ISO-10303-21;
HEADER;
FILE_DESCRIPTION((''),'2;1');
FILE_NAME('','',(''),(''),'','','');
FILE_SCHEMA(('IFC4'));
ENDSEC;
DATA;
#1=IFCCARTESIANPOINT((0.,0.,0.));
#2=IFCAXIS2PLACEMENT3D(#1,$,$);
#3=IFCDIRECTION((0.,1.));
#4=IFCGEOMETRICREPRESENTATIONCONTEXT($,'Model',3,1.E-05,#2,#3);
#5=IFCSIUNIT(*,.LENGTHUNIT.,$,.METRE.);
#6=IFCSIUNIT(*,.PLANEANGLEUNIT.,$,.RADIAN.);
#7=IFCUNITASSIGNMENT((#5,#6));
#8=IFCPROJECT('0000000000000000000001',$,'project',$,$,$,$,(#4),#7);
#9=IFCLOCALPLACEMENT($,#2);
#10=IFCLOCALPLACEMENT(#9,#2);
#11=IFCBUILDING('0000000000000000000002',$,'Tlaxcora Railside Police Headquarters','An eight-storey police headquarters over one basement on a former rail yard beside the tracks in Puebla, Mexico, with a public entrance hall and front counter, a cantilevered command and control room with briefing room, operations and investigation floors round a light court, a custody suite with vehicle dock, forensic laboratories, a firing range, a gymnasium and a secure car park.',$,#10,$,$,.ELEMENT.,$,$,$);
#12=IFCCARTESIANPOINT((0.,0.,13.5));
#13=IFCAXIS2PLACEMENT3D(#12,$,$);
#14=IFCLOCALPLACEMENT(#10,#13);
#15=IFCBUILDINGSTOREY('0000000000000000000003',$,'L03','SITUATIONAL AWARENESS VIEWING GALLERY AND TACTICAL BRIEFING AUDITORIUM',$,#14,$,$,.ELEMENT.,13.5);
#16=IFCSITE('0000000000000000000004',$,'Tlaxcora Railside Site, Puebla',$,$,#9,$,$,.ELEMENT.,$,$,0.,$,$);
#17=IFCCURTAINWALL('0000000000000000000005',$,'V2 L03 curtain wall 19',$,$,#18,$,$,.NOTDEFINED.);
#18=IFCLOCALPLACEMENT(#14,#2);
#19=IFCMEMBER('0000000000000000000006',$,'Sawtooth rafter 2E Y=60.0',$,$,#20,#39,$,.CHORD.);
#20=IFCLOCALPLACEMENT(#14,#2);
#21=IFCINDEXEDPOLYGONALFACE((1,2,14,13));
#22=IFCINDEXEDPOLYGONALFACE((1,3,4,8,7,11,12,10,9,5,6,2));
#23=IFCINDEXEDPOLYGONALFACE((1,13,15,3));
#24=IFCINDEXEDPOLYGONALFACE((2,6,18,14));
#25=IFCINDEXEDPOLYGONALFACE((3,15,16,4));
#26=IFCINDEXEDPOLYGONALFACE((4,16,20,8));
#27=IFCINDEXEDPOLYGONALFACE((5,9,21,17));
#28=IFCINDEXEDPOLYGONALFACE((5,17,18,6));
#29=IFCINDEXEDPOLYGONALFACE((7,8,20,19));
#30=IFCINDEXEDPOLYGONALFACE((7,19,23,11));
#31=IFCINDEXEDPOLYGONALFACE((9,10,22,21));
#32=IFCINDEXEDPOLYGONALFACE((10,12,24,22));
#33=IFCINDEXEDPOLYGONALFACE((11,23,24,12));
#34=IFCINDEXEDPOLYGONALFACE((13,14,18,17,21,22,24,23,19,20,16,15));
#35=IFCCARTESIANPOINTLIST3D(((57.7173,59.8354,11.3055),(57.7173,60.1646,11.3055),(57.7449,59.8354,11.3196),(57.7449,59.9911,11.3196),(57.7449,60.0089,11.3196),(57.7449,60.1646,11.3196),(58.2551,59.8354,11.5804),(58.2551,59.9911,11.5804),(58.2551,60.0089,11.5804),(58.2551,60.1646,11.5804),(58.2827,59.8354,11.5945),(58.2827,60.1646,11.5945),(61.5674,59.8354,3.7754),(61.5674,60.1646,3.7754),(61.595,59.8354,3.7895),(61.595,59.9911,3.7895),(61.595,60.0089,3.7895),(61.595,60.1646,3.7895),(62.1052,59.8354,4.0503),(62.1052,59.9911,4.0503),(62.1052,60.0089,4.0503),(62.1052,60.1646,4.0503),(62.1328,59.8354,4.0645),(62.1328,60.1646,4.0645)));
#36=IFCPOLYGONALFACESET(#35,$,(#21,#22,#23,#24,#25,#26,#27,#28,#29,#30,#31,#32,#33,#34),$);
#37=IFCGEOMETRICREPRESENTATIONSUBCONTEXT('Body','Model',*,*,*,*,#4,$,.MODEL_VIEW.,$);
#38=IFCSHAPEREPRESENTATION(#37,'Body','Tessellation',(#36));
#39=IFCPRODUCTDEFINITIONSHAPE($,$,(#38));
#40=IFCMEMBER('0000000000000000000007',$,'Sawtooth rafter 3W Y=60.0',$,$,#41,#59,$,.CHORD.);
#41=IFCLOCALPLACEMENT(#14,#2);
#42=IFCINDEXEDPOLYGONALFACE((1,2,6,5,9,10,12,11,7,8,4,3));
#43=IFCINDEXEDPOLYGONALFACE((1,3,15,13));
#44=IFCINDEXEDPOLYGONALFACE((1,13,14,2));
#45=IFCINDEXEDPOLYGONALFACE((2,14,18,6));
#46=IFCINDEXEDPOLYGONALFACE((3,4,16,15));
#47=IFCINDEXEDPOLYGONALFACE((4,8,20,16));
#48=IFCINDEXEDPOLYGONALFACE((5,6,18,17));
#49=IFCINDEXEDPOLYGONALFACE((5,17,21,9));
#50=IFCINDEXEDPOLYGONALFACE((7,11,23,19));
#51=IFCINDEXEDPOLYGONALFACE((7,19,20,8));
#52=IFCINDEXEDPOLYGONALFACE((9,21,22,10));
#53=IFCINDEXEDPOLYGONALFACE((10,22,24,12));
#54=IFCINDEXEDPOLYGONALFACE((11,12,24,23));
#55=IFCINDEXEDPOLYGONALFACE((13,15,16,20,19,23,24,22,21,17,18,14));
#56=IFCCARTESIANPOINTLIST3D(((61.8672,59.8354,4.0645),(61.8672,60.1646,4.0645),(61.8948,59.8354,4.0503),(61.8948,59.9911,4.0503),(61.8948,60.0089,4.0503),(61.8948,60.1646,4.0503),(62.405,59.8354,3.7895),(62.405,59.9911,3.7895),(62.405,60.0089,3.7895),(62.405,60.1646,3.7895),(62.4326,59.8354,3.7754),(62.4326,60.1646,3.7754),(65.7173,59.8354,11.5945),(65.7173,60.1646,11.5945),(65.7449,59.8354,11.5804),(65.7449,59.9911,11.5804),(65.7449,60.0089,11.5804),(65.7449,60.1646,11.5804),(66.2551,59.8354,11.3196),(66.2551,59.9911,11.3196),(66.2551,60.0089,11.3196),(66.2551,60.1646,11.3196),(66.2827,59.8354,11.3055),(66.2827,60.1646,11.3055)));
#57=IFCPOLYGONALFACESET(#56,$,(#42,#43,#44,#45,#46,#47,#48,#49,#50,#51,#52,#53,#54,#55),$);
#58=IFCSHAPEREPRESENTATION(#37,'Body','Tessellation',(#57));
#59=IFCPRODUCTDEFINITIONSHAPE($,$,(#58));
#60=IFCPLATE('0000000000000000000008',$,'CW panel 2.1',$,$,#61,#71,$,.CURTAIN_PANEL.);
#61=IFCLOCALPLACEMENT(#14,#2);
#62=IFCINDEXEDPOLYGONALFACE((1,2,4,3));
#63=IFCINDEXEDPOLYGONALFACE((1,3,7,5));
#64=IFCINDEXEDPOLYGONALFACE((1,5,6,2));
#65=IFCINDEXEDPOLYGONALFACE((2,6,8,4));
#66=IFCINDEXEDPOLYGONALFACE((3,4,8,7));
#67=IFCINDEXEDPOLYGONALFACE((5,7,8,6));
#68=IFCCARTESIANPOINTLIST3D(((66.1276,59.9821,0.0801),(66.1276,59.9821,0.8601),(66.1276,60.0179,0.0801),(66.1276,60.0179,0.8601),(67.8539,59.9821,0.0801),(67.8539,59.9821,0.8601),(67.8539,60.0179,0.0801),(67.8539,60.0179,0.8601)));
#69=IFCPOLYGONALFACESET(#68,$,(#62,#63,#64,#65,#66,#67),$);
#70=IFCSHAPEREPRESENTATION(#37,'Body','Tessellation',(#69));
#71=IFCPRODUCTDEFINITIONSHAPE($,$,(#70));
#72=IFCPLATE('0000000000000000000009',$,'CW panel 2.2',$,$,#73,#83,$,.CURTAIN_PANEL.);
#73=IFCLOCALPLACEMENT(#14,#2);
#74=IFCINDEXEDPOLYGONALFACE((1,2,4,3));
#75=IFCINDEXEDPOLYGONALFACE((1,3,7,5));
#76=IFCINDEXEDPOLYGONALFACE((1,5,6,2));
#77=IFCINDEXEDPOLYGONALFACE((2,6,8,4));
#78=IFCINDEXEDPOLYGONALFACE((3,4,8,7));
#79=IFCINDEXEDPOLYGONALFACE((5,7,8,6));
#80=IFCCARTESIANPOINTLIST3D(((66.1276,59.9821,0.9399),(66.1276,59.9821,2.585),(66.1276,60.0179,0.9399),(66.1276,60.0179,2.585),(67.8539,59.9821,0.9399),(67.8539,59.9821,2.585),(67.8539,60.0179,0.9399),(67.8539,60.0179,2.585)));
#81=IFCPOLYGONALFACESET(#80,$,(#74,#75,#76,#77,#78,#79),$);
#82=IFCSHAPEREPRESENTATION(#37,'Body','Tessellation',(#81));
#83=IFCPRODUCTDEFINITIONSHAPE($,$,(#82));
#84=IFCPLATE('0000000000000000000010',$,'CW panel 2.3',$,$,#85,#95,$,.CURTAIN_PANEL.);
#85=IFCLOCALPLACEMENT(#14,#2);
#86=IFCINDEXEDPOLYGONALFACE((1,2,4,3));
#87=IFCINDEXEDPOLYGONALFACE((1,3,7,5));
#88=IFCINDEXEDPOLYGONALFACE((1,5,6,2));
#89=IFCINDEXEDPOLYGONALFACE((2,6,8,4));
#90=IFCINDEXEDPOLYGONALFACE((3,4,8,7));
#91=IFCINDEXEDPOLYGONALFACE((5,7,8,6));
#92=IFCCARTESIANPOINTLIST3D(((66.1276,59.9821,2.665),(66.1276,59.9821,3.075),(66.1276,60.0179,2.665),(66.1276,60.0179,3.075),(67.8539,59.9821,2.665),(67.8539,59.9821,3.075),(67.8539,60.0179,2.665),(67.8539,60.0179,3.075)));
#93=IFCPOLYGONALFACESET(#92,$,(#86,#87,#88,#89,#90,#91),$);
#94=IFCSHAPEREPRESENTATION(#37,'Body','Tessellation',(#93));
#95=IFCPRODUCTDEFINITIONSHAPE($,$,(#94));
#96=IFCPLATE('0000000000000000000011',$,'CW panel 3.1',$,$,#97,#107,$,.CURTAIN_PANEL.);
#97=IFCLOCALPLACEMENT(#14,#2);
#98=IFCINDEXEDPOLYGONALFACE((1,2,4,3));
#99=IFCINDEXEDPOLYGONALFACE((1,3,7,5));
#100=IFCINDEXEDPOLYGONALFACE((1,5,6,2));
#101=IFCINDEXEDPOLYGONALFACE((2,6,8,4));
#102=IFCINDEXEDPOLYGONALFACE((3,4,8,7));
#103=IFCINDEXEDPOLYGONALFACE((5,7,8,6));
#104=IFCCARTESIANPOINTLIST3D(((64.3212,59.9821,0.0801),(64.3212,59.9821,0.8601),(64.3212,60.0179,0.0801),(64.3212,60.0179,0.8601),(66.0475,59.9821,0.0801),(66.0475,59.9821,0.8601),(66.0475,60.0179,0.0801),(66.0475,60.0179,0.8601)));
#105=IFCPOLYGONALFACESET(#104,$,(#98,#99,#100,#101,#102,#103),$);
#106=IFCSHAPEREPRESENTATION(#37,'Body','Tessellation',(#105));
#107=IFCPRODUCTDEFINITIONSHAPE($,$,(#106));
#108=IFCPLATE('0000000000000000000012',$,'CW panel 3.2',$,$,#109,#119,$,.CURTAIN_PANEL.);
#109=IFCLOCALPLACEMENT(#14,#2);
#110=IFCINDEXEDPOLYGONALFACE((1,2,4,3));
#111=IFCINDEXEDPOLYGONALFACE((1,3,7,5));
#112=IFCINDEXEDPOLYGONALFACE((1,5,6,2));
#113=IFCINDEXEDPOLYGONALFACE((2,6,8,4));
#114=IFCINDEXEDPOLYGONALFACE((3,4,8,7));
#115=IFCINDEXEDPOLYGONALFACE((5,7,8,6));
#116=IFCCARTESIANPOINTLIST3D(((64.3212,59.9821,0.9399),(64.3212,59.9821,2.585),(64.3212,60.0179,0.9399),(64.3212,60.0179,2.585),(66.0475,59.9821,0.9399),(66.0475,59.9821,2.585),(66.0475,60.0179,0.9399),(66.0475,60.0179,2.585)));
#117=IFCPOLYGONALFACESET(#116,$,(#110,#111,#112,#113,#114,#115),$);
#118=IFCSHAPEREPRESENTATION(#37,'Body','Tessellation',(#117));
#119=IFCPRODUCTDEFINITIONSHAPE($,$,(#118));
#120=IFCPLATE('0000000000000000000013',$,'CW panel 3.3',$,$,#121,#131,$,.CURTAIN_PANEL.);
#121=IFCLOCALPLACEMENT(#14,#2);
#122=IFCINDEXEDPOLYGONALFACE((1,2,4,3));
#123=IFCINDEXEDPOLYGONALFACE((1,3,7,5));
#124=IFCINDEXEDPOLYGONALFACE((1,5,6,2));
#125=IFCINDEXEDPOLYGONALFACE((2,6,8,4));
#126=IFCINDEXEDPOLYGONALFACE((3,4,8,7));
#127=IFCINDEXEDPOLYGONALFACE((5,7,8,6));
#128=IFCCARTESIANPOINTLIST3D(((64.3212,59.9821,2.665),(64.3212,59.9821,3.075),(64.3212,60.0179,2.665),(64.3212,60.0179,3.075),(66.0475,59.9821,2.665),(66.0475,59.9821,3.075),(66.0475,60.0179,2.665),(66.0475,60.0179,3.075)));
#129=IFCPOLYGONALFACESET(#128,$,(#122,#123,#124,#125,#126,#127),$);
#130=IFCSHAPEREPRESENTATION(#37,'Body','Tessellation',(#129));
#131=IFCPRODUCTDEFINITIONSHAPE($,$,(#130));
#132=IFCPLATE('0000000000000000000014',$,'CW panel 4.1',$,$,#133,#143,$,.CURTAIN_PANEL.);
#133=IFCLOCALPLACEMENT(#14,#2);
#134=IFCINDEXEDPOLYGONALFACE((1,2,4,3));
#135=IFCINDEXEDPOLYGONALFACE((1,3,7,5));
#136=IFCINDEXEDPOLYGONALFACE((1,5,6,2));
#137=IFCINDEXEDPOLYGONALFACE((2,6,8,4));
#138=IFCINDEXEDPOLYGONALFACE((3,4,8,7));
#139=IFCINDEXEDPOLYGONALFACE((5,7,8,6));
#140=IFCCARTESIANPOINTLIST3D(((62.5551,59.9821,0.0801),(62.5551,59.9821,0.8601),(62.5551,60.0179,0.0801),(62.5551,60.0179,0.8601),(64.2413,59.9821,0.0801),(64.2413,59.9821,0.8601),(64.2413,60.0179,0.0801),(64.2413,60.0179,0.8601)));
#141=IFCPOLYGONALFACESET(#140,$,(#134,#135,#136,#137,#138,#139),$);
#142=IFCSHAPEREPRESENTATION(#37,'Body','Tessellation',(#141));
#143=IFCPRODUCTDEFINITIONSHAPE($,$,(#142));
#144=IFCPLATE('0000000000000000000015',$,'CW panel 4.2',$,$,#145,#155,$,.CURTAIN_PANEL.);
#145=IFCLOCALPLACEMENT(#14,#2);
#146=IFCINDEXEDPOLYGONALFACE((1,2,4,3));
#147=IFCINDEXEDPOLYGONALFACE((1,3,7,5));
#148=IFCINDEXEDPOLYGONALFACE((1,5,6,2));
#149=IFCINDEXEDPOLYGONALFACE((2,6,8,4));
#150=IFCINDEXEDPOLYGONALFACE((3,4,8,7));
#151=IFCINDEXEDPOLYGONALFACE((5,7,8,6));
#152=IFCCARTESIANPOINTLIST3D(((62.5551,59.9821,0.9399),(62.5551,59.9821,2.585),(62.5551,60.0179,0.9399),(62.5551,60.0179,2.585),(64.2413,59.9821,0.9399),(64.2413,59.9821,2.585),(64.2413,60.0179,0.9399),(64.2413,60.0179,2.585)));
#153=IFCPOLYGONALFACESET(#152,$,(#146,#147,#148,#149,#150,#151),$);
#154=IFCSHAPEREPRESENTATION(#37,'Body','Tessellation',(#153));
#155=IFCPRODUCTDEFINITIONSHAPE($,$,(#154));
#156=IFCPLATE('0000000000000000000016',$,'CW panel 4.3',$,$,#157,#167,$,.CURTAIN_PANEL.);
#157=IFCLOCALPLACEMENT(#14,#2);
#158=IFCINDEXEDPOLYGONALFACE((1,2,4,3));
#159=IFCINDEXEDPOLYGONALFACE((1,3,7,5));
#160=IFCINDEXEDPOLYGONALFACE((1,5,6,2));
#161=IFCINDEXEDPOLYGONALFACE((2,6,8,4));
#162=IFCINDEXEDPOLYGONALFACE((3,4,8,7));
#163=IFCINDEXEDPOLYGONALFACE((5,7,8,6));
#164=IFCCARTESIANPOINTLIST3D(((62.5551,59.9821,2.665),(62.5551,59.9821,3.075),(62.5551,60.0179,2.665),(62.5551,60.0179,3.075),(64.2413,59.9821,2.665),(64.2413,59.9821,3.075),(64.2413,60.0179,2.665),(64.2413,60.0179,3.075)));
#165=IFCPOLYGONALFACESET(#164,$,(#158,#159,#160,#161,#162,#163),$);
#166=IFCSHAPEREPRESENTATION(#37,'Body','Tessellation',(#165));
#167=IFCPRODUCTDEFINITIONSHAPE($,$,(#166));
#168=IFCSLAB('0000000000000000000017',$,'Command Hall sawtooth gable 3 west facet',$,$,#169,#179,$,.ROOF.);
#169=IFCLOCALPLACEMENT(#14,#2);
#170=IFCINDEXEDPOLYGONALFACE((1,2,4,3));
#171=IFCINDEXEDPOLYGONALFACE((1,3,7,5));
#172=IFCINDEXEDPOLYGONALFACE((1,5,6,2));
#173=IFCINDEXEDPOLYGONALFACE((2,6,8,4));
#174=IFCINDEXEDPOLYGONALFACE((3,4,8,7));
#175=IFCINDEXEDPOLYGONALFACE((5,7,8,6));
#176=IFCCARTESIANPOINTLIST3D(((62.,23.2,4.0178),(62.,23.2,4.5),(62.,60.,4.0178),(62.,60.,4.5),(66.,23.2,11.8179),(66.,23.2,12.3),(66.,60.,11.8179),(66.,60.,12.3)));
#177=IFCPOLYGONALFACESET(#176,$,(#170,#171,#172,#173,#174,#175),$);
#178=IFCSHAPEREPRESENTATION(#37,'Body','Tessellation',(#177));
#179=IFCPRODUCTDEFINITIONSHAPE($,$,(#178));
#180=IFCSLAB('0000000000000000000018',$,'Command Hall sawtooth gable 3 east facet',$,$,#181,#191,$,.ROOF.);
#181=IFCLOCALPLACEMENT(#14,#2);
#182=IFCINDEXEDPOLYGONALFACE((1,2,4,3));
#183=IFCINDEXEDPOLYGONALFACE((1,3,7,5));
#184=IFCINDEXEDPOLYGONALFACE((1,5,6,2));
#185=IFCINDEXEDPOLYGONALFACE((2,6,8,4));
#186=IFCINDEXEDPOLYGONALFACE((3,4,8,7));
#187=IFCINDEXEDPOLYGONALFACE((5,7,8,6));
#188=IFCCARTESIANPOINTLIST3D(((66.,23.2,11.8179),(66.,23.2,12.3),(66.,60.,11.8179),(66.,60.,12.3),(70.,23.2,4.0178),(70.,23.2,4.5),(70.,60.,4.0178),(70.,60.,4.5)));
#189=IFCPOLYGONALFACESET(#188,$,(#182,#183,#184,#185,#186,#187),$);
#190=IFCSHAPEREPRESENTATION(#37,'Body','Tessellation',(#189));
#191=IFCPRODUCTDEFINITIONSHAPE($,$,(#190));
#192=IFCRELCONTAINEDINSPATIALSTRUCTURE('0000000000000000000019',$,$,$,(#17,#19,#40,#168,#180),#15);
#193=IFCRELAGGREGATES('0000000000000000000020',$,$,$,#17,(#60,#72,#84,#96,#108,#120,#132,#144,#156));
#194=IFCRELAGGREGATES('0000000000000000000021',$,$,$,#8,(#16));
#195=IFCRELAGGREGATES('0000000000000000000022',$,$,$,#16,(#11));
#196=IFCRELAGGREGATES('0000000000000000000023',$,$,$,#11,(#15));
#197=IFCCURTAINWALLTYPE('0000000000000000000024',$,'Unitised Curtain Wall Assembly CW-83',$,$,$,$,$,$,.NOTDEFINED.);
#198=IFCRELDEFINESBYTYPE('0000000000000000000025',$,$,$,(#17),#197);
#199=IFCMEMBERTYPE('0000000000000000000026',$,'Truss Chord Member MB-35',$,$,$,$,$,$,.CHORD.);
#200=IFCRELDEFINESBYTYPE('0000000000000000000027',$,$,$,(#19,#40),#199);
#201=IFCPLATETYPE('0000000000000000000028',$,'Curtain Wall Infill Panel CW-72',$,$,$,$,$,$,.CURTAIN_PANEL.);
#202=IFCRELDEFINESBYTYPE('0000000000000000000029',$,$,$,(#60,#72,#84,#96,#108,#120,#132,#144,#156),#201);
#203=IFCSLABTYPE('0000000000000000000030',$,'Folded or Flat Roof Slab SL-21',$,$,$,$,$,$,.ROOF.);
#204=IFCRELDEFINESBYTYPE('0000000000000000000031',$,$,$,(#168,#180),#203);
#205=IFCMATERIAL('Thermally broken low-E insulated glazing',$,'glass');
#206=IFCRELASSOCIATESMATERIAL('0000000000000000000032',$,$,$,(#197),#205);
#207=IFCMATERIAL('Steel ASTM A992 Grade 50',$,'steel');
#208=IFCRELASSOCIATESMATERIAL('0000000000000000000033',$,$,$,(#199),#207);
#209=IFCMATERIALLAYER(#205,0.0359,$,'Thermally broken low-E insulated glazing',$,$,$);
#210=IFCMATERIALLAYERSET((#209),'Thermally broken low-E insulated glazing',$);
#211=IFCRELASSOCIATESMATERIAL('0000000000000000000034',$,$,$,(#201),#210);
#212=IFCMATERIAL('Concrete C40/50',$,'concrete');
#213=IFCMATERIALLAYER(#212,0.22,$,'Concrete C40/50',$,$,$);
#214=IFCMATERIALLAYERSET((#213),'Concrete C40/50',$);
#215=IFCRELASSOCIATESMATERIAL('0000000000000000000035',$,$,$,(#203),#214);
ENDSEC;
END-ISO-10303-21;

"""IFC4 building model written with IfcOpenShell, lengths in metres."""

from ifc_helpers import new_model, si_unit, direction, frame, origin, origin_2d, place, context, subcontext, project, spatial, polyline, rectangle, i_section, outline, extrude, material, layer, layer_set, material_profile, profile_set, type_object, element, aggregate, save


model = new_model("IFC4")

# Units and contexts
model_context = context("Model", 3, precision=1e-05, world=origin(), true_north=direction((0.0, 1.0)))
body_context = subcontext(model_context, "Body", "Model", "MODEL_VIEW")
ifc_project = project(units=[si_unit("LENGTHUNIT", "METRE"), si_unit("PLANEANGLEUNIT", "RADIAN")], contexts=[model_context])

# Site, building, storey
site_placement = place(None, origin())
site = spatial("IfcSite", under=ifc_project, at=site_placement, Name="Tlaxcora Railside Site, Puebla", CompositionType="ELEMENT", RefElevation=0.0)
building_placement = place(site_placement, origin())
building = spatial("IfcBuilding", under=site, at=building_placement, Name="Tlaxcora Railside Police Headquarters", Description="An eight-storey police headquarters over one basement on a former rail yard beside the tracks in Puebla, Mexico, with a public entrance hall and front counter, a cantilevered command and control room with briefing room, operations and investigation floors round a light court, a custody suite with vehicle dock, forensic laboratories, a firing range, a gymnasium and a secure car park.", CompositionType="ELEMENT")
storey_placement = place(building_placement, frame((0.0, 0.0, 13.5)))
storey = spatial("IfcBuildingStorey", under=building, at=storey_placement, Name="L03", Description="SITUATIONAL AWARENESS VIEWING GALLERY AND TACTICAL BRIEFING AUDITORIUM", CompositionType="ELEMENT", Elevation=13.5)

# Shared definitions
ifc_material_1 = material(Name="Concrete C40/50", Category="concrete")

# Shared definitions
ifc_material_2 = material(Name="Thermally broken low-E insulated glazing", Category="glass")

# Curtain wall
curtain_wall_type_1 = type_object("IfcCurtainWallType", Name="Unitised Curtain Wall Assembly CW-83", PredefinedType="NOTDEFINED", material=ifc_material_2)
curtain_wall_1_placement = place(storey_placement, origin())
curtain_wall_1 = element("IfcCurtainWall", 1, at=curtain_wall_1_placement, inside=storey, type_object=curtain_wall_type_1, Name="V2 L03 curtain wall 19", PredefinedType="NOTDEFINED")

# Shared definitions
ifc_material_3 = material(Name="Steel ASTM A992 Grade 50", Category="steel")

# Members
ifc_material_profile_1 = material_profile(ifc_material_3, i_section(OverallWidth=0.3291, OverallDepth=0.635, WebThickness=0.0178, FlangeThickness=0.031, at=origin_2d()), Name="W24X162")
ifc_profile_set_1 = profile_set([ifc_material_profile_1], Name="Steel ASTM A992 Grade 50")
member_type_1 = type_object("IfcMemberType", Name="Truss Chord Member MB-35", PredefinedType="CHORD", material=ifc_profile_set_1)
for number, where, z_axis, x_axis, name in (
    (2, (61.8501, 60.0, 3.9199), (-0.455244, 0.0, 0.890367), (0.0, -1.0, 0.0), "Sawtooth rafter 2E Y=60.0"),
    (3, (62.1499, 60.0, 3.9199), (0.455244, 0.0, 0.890367), (0.0, 1.0, 0.0), "Sawtooth rafter 3W Y=60.0"),
):
    element("IfcMember", number, at=place(storey_placement, frame(where, z_axis=z_axis, x_axis=x_axis)), inside=storey, type_object=member_type_1, Name=name, PredefinedType="CHORD", context=body_context, shape_type="SweptSolid", body=[
        extrude(i_section(OverallWidth=0.3291, OverallDepth=0.635, WebThickness=0.0178, FlangeThickness=0.031, at=origin_2d()), origin(), (0.0, 0.0, 1.0), 8.4573),
    ])

# Plates
ifc_layer_1 = layer(ifc_material_2, 0.0359, Name="Thermally broken low-E insulated glazing")
ifc_layer_set_1 = layer_set([ifc_layer_1], Name="Thermally broken low-E insulated glazing")
plate_type_1 = type_object("IfcPlateType", Name="Curtain Wall Infill Panel CW-72", PredefinedType="CURTAIN_PANEL", material=ifc_layer_set_1)
plate_1_placement = place(storey_placement, frame((66.9907, 60.0, 0.0801), z_axis=(0.0, 0.0, 1.0), x_axis=(-1.0, 0.0, 0.0)))
plate_1 = element("IfcPlate", 4, at=plate_1_placement, type_object=plate_type_1, Name="CW panel 2.1", PredefinedType="CURTAIN_PANEL", context=body_context, shape_type="SweptSolid", body=[
    extrude(rectangle(XDim=1.7263, YDim=0.0359, at=origin_2d()), origin(), (0.0, 0.0, 1.0), 0.78),
])
plate_2_placement = place(storey_placement, frame((66.9907, 60.0, 0.9399), z_axis=(0.0, 0.0, 1.0), x_axis=(-1.0, 0.0, 0.0)))
plate_2 = element("IfcPlate", 5, at=plate_2_placement, type_object=plate_type_1, Name="CW panel 2.2", PredefinedType="CURTAIN_PANEL", context=body_context, shape_type="SweptSolid", body=[
    extrude(rectangle(XDim=1.7263, YDim=0.0359, at=origin_2d()), origin(), (0.0, 0.0, 1.0), 1.645),
])
plate_3_placement = place(storey_placement, frame((66.9907, 60.0, 2.665), z_axis=(0.0, 0.0, 1.0), x_axis=(-1.0, 0.0, 0.0)))
plate_3 = element("IfcPlate", 6, at=plate_3_placement, type_object=plate_type_1, Name="CW panel 2.3", PredefinedType="CURTAIN_PANEL", context=body_context, shape_type="SweptSolid", body=[
    extrude(rectangle(XDim=1.7263, YDim=0.0359, at=origin_2d()), origin(), (0.0, 0.0, 1.0), 0.4099),
])
plate_4_placement = place(storey_placement, frame((65.1843, 60.0, 0.0801), z_axis=(0.0, 0.0, 1.0), x_axis=(-1.0, 0.0, 0.0)))
plate_4 = element("IfcPlate", 7, at=plate_4_placement, type_object=plate_type_1, Name="CW panel 3.1", PredefinedType="CURTAIN_PANEL", context=body_context, shape_type="SweptSolid", body=[
    extrude(rectangle(XDim=1.7263, YDim=0.0359, at=origin_2d()), origin(), (0.0, 0.0, 1.0), 0.78),
])
plate_5_placement = place(storey_placement, frame((65.1843, 60.0, 0.9399), z_axis=(0.0, 0.0, 1.0), x_axis=(-1.0, 0.0, 0.0)))
plate_5 = element("IfcPlate", 8, at=plate_5_placement, type_object=plate_type_1, Name="CW panel 3.2", PredefinedType="CURTAIN_PANEL", context=body_context, shape_type="SweptSolid", body=[
    extrude(rectangle(XDim=1.7263, YDim=0.0359, at=origin_2d()), origin(), (0.0, 0.0, 1.0), 1.645),
])
plate_6_placement = place(storey_placement, frame((65.1843, 60.0, 2.665), z_axis=(0.0, 0.0, 1.0), x_axis=(-1.0, 0.0, 0.0)))
plate_6 = element("IfcPlate", 9, at=plate_6_placement, type_object=plate_type_1, Name="CW panel 3.3", PredefinedType="CURTAIN_PANEL", context=body_context, shape_type="SweptSolid", body=[
    extrude(rectangle(XDim=1.7263, YDim=0.0359, at=origin_2d()), origin(), (0.0, 0.0, 1.0), 0.4099),
])
plate_7_placement = place(storey_placement, frame((63.3982, 60.0, 0.0801), z_axis=(0.0, 0.0, 1.0), x_axis=(-1.0, 0.0, 0.0)))
plate_7 = element("IfcPlate", 10, at=plate_7_placement, type_object=plate_type_1, Name="CW panel 4.1", PredefinedType="CURTAIN_PANEL", context=body_context, shape_type="SweptSolid", body=[
    extrude(rectangle(XDim=1.6863, YDim=0.0359, at=origin_2d()), origin(), (0.0, 0.0, 1.0), 0.78),
])
plate_8_placement = place(storey_placement, frame((63.3982, 60.0, 0.9399), z_axis=(0.0, 0.0, 1.0), x_axis=(-1.0, 0.0, 0.0)))
plate_8 = element("IfcPlate", 11, at=plate_8_placement, type_object=plate_type_1, Name="CW panel 4.2", PredefinedType="CURTAIN_PANEL", context=body_context, shape_type="SweptSolid", body=[
    extrude(rectangle(XDim=1.6863, YDim=0.0359, at=origin_2d()), origin(), (0.0, 0.0, 1.0), 1.645),
])
plate_9_placement = place(storey_placement, frame((63.3982, 60.0, 2.665), z_axis=(0.0, 0.0, 1.0), x_axis=(-1.0, 0.0, 0.0)))
plate_9 = element("IfcPlate", 12, at=plate_9_placement, type_object=plate_type_1, Name="CW panel 4.3", PredefinedType="CURTAIN_PANEL", context=body_context, shape_type="SweptSolid", body=[
    extrude(rectangle(XDim=1.6863, YDim=0.0359, at=origin_2d()), origin(), (0.0, 0.0, 1.0), 0.4099),
])
aggregate(curtain_wall_1, [plate_1, plate_2, plate_3, plate_4, plate_5, plate_6, plate_7, plate_8, plate_9])

# Slabs
ifc_layer_2 = layer(ifc_material_1, 0.22, Name="Concrete C40/50")
ifc_layer_set_2 = layer_set([ifc_layer_2], Name="Concrete C40/50")
slab_type = type_object("IfcSlabType", Name="Folded or Flat Roof Slab SL-21", PredefinedType="ROOF", material=ifc_layer_set_2)
slab_1_placement = place(storey_placement, frame((62.0, 60.0, 0.0), z_axis=(0.0, -1.0, 0.0), x_axis=(1.0, 0.0, 0.0)))
element("IfcSlab", 13, at=slab_1_placement, inside=storey, type_object=slab_type, Name="Command Hall sawtooth gable 3 west facet", PredefinedType="ROOF", context=body_context, shape_type="SweptSolid", body=[
    extrude(outline(polyline([(0.0, 4.0178), (4.0, 11.8179), (4.0, 12.3), (0.0, 4.5), (0.0, 4.0178)])), origin(), (0.0, 0.0, 1.0), 36.8),
])
slab_2_placement = place(storey_placement, frame((66.0, 60.0, 0.0), z_axis=(0.0, -1.0, 0.0), x_axis=(1.0, 0.0, 0.0)))
element("IfcSlab", 14, at=slab_2_placement, inside=storey, type_object=slab_type, Name="Command Hall sawtooth gable 3 east facet", PredefinedType="ROOF", context=body_context, shape_type="SweptSolid", body=[
    extrude(outline(polyline([(0.0, 11.8179), (4.0, 4.0178), (4.0, 4.5), (0.0, 12.3), (0.0, 11.8179)])), origin(), (0.0, 0.0, 1.0), 36.8),
])

save(model, "model.ifc")
